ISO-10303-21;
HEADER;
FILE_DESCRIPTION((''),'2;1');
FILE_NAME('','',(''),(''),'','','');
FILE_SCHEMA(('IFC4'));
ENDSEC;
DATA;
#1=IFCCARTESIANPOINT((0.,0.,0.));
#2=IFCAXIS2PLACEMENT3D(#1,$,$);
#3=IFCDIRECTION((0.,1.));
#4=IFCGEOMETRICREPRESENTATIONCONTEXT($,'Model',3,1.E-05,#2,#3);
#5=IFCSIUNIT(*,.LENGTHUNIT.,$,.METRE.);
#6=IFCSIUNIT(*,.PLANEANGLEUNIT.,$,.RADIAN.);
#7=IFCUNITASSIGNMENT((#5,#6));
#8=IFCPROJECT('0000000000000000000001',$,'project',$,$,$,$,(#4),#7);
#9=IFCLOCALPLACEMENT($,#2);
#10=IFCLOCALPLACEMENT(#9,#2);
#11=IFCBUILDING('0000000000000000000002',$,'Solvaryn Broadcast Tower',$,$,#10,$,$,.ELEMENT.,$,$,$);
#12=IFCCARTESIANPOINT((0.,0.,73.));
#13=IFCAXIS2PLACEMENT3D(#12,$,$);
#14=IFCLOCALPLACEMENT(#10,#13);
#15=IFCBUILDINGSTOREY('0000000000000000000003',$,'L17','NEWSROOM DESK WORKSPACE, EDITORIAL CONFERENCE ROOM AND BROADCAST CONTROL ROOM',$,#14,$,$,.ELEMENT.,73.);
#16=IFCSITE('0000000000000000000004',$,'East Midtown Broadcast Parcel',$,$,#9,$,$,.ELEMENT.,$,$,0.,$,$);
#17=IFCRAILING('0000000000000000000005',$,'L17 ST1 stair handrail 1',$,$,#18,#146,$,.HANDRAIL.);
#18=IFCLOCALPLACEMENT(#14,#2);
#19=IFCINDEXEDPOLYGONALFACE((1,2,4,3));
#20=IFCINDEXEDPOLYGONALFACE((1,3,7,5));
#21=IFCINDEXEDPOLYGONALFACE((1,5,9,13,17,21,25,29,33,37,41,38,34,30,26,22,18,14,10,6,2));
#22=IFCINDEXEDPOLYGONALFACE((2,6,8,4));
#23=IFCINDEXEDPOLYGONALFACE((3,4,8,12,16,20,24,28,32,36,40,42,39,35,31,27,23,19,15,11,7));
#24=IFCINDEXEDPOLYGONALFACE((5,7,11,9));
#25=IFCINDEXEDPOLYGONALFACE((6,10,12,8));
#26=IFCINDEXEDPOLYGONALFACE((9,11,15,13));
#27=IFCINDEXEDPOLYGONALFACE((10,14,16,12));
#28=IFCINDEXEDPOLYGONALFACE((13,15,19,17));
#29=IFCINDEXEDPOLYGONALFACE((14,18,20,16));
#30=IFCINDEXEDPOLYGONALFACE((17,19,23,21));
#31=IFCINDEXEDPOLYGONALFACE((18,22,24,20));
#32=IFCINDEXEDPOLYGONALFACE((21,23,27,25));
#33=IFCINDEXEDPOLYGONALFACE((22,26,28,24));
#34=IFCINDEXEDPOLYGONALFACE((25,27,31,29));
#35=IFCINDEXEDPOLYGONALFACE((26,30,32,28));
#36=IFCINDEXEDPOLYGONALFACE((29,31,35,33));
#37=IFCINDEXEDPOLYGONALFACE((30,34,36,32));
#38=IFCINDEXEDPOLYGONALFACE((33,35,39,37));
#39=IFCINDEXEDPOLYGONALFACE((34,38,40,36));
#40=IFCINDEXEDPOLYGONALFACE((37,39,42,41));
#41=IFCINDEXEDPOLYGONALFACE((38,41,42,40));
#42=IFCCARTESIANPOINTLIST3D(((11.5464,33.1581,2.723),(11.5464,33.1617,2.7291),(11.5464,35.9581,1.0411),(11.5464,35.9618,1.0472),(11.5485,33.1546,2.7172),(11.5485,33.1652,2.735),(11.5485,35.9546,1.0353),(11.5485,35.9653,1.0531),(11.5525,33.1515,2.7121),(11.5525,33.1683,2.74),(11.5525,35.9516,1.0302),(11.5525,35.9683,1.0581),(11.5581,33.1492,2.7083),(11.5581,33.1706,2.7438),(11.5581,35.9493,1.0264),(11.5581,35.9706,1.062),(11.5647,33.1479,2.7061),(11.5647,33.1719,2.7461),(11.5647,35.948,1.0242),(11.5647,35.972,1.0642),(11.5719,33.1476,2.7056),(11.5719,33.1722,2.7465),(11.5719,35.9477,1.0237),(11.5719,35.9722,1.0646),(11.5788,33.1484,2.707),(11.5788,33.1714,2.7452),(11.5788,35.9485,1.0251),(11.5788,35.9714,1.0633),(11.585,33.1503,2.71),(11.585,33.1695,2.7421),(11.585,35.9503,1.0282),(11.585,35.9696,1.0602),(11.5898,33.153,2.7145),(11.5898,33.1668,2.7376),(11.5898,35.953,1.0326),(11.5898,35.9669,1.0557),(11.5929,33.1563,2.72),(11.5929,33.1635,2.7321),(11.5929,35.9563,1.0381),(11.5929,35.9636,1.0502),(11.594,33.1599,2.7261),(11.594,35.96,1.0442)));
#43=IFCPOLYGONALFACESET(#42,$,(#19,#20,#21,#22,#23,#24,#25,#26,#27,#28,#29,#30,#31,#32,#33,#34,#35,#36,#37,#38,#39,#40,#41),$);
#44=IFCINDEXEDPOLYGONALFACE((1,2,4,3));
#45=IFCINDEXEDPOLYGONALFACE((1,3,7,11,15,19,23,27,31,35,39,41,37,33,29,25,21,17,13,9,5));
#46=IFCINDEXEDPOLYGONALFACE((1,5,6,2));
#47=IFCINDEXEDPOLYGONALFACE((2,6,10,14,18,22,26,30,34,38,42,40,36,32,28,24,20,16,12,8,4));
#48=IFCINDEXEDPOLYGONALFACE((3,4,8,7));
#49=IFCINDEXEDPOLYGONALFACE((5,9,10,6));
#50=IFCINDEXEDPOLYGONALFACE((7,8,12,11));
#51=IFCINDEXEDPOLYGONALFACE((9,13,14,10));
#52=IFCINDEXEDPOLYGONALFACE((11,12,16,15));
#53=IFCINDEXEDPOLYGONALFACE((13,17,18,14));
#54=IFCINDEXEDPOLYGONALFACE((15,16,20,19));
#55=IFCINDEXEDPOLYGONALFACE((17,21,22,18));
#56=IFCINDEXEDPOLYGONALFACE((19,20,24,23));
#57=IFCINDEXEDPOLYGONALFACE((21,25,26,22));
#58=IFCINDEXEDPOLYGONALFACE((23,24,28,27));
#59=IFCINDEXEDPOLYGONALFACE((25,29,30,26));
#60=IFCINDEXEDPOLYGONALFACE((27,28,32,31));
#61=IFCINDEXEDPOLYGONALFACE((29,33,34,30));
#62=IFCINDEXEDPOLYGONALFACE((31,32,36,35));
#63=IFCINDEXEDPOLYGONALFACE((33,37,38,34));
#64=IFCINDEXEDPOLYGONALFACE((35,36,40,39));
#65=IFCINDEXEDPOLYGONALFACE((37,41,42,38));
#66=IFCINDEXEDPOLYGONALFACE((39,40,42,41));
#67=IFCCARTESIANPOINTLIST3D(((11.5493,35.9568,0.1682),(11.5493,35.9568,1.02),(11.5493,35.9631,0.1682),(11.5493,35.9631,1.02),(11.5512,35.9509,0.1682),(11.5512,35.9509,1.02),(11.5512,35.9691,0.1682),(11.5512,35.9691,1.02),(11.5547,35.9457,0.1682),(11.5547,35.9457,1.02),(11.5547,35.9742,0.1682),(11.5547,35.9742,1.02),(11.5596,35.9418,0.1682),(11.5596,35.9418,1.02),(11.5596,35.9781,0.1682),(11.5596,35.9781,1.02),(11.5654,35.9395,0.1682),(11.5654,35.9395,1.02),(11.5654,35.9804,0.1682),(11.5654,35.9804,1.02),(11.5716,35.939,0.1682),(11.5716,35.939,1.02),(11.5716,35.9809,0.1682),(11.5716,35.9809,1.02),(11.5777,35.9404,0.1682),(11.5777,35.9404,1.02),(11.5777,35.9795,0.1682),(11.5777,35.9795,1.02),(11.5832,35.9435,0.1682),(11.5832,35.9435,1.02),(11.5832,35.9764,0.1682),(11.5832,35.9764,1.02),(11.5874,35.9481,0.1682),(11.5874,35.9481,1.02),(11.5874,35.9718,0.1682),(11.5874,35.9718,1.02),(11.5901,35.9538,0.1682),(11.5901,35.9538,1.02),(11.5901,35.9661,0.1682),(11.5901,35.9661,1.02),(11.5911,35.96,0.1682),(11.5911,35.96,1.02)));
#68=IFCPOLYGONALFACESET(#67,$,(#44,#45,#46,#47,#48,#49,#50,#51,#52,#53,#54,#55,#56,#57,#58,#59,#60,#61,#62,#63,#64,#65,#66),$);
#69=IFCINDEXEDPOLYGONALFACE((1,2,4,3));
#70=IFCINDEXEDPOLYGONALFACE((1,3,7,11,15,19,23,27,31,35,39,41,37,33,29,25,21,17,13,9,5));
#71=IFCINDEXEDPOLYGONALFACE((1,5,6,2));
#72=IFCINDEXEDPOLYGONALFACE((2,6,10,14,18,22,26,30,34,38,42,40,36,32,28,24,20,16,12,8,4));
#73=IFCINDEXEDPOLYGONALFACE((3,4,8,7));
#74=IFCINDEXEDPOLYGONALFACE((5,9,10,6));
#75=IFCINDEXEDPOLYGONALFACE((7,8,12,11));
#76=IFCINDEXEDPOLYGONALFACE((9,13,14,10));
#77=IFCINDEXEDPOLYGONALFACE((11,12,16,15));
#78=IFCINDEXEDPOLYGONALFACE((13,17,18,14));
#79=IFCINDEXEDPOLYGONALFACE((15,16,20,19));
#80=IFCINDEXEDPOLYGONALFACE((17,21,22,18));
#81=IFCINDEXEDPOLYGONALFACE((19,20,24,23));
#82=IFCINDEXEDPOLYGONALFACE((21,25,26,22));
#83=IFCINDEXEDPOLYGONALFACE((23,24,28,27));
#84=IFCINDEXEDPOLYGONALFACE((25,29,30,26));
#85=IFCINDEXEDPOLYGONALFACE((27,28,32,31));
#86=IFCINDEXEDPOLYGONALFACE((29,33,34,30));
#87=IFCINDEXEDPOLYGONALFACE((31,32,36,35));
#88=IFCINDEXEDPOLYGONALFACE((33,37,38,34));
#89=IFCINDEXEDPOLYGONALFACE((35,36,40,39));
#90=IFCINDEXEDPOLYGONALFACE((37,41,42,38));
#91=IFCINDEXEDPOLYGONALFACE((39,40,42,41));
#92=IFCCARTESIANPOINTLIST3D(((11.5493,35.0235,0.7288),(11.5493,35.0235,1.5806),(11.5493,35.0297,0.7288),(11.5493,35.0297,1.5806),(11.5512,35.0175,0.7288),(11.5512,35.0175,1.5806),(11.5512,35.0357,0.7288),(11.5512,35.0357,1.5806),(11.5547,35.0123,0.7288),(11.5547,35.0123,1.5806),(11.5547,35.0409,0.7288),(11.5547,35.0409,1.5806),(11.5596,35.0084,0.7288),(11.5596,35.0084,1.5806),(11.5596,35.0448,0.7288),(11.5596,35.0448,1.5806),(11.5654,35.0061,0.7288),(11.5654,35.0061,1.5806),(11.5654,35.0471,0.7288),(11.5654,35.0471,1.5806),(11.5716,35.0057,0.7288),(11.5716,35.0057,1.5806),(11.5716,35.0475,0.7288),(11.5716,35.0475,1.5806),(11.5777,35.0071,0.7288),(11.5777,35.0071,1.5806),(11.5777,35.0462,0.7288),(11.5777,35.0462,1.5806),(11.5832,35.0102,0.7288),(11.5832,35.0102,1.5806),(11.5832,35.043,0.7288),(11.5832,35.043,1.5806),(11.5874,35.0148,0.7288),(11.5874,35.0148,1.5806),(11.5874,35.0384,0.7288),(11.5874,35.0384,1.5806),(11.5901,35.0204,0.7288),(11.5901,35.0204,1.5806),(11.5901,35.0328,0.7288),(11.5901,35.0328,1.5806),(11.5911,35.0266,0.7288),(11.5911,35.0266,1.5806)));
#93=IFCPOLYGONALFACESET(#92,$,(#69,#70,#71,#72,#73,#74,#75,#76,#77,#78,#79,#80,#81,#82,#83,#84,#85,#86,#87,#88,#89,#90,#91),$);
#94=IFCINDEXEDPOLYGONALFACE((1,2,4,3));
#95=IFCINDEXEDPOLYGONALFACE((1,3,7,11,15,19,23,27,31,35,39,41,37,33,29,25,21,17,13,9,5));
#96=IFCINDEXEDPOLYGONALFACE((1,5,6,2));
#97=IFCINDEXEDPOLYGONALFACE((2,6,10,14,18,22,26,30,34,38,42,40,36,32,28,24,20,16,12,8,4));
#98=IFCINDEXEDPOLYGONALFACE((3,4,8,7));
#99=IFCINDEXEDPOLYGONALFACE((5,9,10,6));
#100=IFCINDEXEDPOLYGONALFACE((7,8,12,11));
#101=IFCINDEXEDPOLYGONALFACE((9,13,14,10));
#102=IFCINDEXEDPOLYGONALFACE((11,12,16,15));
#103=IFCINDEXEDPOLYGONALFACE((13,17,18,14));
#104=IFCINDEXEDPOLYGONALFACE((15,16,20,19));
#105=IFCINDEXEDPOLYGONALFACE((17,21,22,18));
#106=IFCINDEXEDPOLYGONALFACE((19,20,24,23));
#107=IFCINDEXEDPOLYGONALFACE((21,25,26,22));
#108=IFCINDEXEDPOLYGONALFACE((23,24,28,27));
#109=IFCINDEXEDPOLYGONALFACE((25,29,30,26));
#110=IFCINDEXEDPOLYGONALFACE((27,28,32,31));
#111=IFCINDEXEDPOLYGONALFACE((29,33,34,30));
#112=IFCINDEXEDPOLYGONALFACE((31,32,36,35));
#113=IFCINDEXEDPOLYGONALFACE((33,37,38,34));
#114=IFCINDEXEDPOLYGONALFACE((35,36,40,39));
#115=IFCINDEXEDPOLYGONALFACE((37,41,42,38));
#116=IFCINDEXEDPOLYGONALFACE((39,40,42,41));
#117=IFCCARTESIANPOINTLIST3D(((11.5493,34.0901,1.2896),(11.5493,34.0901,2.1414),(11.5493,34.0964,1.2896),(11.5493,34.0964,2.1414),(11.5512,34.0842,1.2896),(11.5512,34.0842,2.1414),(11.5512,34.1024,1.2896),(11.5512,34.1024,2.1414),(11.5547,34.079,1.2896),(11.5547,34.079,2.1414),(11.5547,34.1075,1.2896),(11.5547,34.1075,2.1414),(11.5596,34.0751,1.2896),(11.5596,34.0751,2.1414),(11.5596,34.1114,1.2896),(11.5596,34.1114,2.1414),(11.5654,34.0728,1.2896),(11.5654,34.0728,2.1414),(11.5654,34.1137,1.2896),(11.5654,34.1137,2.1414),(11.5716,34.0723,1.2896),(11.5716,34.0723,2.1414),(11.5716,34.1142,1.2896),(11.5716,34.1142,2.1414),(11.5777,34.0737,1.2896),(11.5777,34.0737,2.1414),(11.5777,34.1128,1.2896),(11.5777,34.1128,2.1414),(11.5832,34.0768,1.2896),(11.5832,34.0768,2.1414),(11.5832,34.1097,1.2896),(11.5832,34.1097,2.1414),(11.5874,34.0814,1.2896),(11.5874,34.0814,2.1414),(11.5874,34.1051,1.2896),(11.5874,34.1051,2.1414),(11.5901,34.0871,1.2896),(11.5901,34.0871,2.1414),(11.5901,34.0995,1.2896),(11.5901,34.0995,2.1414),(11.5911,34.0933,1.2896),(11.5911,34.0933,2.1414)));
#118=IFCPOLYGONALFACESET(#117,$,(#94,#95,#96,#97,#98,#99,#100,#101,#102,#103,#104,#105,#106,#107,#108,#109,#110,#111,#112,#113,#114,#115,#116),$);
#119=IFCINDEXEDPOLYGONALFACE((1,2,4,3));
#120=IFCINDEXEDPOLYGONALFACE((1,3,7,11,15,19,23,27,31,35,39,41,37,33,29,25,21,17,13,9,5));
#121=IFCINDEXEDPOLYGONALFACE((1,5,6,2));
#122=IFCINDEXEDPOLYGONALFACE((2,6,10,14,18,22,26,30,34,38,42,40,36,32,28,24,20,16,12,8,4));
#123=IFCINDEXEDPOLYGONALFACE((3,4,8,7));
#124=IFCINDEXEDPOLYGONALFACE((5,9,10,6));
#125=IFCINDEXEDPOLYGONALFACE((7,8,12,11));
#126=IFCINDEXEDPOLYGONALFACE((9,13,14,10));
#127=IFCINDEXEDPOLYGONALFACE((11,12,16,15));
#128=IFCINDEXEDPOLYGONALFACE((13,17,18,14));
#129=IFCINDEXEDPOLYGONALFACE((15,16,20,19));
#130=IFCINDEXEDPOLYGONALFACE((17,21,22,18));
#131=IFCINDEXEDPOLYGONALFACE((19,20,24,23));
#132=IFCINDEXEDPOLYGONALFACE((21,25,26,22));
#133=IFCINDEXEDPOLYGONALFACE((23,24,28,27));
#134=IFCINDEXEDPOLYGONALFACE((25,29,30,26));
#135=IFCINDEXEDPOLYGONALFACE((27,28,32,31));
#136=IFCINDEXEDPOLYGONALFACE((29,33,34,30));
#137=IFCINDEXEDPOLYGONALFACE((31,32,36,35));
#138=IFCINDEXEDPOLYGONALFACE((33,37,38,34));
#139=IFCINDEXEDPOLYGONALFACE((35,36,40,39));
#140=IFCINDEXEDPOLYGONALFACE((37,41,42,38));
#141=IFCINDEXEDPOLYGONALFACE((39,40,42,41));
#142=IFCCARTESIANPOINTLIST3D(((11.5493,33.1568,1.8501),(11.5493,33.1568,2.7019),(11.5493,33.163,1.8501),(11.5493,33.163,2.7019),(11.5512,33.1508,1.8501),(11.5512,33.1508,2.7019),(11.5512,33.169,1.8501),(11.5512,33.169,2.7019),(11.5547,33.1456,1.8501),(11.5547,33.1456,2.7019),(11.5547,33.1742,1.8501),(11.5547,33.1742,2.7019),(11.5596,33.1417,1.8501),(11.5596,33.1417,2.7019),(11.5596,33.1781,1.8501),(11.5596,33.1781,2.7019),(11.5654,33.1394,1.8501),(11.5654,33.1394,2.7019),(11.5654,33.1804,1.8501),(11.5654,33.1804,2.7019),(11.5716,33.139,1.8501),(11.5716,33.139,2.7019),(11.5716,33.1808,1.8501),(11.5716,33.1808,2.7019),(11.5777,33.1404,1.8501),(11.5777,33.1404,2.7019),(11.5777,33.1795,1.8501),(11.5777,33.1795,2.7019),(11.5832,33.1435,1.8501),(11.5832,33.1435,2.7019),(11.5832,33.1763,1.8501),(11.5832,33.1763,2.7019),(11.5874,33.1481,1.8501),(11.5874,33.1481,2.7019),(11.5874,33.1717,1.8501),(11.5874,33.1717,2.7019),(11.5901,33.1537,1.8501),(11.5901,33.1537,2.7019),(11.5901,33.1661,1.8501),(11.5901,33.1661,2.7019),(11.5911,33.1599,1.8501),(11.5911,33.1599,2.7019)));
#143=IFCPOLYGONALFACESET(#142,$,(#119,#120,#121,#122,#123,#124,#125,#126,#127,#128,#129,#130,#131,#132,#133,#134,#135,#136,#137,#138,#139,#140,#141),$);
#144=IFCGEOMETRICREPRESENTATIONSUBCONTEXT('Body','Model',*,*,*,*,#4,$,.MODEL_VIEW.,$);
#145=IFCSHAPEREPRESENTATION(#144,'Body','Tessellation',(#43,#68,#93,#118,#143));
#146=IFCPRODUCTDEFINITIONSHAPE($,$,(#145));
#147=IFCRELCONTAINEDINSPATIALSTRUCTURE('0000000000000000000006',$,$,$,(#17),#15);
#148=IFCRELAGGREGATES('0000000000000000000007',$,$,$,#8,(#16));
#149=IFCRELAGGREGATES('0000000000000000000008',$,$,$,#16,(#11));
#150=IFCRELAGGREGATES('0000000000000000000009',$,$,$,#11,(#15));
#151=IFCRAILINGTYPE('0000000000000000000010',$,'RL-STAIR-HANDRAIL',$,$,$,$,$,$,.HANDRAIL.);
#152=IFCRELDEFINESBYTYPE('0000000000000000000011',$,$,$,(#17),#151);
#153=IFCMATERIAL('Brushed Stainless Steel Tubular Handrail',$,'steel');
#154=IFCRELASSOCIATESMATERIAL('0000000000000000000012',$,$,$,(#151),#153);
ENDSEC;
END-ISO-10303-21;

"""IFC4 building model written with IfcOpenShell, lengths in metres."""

from ifc_helpers import new_model, si_unit, direction, frame, origin, origin_2d, place, context, subcontext, project, spatial, circle, extrude, material, type_object, element, save


model = new_model("IFC4")

# Units and contexts
model_context = context("Model", 3, precision=1e-05, world=origin(), true_north=direction((0.0, 1.0)))
body_context = subcontext(model_context, "Body", "Model", "MODEL_VIEW")
ifc_project = project(units=[si_unit("LENGTHUNIT", "METRE"), si_unit("PLANEANGLEUNIT", "RADIAN")], contexts=[model_context])

# Site, building, storey
site_placement = place(None, origin())
site = spatial("IfcSite", under=ifc_project, at=site_placement, Name="East Midtown Broadcast Parcel", CompositionType="ELEMENT", RefElevation=0.0)
building_placement = place(site_placement, origin())
building = spatial("IfcBuilding", under=site, at=building_placement, Name="Solvaryn Broadcast Tower", CompositionType="ELEMENT")
storey_placement = place(building_placement, frame((0.0, 0.0, 73.0)))
storey = spatial("IfcBuildingStorey", under=building, at=storey_placement, Name="L17", Description="NEWSROOM DESK WORKSPACE, EDITORIAL CONFERENCE ROOM AND BROADCAST CONTROL ROOM", CompositionType="ELEMENT", Elevation=73.0)

# Railing
ifc_material_1 = material(Name="Brushed Stainless Steel Tubular Handrail", Category="steel")
railing_type_1 = type_object("IfcRailingType", Name="RL-STAIR-HANDRAIL", PredefinedType="HANDRAIL", material=ifc_material_1)
railing_1_placement = place(storey_placement, frame((11.5701, 35.96, 0.1682)))
element("IfcRailing", 1, at=railing_1_placement, inside=storey, type_object=railing_type_1, Name="L17 ST1 stair handrail 1", PredefinedType="HANDRAIL", context=body_context, shape_type="SweptSolid", body=[
    extrude(circle(Radius=0.0239, at=origin_2d()), frame((0.0, 0.0, 0.876), z_axis=(0.0, -0.857242, 0.514913), x_axis=(1.0, 0.0, 0.0)), (0.0, 0.0, 1.0), 3.2664),
    extrude(circle(Radius=0.021, at=origin_2d()), origin(), (0.0, 0.0, 1.0), 0.8518),
    extrude(circle(Radius=0.021, at=origin_2d()), frame((0.0, -0.9333, 0.5605)), (0.0, 0.0, 1.0), 0.8518),
    extrude(circle(Radius=0.021, at=origin_2d()), frame((0.0, -1.8667, 1.1213)), (0.0, 0.0, 1.0), 0.8518),
    extrude(circle(Radius=0.021, at=origin_2d()), frame((0.0, -2.8, 1.6819)), (0.0, 0.0, 1.0), 0.8518),
])

save(model, "model.ifc")
